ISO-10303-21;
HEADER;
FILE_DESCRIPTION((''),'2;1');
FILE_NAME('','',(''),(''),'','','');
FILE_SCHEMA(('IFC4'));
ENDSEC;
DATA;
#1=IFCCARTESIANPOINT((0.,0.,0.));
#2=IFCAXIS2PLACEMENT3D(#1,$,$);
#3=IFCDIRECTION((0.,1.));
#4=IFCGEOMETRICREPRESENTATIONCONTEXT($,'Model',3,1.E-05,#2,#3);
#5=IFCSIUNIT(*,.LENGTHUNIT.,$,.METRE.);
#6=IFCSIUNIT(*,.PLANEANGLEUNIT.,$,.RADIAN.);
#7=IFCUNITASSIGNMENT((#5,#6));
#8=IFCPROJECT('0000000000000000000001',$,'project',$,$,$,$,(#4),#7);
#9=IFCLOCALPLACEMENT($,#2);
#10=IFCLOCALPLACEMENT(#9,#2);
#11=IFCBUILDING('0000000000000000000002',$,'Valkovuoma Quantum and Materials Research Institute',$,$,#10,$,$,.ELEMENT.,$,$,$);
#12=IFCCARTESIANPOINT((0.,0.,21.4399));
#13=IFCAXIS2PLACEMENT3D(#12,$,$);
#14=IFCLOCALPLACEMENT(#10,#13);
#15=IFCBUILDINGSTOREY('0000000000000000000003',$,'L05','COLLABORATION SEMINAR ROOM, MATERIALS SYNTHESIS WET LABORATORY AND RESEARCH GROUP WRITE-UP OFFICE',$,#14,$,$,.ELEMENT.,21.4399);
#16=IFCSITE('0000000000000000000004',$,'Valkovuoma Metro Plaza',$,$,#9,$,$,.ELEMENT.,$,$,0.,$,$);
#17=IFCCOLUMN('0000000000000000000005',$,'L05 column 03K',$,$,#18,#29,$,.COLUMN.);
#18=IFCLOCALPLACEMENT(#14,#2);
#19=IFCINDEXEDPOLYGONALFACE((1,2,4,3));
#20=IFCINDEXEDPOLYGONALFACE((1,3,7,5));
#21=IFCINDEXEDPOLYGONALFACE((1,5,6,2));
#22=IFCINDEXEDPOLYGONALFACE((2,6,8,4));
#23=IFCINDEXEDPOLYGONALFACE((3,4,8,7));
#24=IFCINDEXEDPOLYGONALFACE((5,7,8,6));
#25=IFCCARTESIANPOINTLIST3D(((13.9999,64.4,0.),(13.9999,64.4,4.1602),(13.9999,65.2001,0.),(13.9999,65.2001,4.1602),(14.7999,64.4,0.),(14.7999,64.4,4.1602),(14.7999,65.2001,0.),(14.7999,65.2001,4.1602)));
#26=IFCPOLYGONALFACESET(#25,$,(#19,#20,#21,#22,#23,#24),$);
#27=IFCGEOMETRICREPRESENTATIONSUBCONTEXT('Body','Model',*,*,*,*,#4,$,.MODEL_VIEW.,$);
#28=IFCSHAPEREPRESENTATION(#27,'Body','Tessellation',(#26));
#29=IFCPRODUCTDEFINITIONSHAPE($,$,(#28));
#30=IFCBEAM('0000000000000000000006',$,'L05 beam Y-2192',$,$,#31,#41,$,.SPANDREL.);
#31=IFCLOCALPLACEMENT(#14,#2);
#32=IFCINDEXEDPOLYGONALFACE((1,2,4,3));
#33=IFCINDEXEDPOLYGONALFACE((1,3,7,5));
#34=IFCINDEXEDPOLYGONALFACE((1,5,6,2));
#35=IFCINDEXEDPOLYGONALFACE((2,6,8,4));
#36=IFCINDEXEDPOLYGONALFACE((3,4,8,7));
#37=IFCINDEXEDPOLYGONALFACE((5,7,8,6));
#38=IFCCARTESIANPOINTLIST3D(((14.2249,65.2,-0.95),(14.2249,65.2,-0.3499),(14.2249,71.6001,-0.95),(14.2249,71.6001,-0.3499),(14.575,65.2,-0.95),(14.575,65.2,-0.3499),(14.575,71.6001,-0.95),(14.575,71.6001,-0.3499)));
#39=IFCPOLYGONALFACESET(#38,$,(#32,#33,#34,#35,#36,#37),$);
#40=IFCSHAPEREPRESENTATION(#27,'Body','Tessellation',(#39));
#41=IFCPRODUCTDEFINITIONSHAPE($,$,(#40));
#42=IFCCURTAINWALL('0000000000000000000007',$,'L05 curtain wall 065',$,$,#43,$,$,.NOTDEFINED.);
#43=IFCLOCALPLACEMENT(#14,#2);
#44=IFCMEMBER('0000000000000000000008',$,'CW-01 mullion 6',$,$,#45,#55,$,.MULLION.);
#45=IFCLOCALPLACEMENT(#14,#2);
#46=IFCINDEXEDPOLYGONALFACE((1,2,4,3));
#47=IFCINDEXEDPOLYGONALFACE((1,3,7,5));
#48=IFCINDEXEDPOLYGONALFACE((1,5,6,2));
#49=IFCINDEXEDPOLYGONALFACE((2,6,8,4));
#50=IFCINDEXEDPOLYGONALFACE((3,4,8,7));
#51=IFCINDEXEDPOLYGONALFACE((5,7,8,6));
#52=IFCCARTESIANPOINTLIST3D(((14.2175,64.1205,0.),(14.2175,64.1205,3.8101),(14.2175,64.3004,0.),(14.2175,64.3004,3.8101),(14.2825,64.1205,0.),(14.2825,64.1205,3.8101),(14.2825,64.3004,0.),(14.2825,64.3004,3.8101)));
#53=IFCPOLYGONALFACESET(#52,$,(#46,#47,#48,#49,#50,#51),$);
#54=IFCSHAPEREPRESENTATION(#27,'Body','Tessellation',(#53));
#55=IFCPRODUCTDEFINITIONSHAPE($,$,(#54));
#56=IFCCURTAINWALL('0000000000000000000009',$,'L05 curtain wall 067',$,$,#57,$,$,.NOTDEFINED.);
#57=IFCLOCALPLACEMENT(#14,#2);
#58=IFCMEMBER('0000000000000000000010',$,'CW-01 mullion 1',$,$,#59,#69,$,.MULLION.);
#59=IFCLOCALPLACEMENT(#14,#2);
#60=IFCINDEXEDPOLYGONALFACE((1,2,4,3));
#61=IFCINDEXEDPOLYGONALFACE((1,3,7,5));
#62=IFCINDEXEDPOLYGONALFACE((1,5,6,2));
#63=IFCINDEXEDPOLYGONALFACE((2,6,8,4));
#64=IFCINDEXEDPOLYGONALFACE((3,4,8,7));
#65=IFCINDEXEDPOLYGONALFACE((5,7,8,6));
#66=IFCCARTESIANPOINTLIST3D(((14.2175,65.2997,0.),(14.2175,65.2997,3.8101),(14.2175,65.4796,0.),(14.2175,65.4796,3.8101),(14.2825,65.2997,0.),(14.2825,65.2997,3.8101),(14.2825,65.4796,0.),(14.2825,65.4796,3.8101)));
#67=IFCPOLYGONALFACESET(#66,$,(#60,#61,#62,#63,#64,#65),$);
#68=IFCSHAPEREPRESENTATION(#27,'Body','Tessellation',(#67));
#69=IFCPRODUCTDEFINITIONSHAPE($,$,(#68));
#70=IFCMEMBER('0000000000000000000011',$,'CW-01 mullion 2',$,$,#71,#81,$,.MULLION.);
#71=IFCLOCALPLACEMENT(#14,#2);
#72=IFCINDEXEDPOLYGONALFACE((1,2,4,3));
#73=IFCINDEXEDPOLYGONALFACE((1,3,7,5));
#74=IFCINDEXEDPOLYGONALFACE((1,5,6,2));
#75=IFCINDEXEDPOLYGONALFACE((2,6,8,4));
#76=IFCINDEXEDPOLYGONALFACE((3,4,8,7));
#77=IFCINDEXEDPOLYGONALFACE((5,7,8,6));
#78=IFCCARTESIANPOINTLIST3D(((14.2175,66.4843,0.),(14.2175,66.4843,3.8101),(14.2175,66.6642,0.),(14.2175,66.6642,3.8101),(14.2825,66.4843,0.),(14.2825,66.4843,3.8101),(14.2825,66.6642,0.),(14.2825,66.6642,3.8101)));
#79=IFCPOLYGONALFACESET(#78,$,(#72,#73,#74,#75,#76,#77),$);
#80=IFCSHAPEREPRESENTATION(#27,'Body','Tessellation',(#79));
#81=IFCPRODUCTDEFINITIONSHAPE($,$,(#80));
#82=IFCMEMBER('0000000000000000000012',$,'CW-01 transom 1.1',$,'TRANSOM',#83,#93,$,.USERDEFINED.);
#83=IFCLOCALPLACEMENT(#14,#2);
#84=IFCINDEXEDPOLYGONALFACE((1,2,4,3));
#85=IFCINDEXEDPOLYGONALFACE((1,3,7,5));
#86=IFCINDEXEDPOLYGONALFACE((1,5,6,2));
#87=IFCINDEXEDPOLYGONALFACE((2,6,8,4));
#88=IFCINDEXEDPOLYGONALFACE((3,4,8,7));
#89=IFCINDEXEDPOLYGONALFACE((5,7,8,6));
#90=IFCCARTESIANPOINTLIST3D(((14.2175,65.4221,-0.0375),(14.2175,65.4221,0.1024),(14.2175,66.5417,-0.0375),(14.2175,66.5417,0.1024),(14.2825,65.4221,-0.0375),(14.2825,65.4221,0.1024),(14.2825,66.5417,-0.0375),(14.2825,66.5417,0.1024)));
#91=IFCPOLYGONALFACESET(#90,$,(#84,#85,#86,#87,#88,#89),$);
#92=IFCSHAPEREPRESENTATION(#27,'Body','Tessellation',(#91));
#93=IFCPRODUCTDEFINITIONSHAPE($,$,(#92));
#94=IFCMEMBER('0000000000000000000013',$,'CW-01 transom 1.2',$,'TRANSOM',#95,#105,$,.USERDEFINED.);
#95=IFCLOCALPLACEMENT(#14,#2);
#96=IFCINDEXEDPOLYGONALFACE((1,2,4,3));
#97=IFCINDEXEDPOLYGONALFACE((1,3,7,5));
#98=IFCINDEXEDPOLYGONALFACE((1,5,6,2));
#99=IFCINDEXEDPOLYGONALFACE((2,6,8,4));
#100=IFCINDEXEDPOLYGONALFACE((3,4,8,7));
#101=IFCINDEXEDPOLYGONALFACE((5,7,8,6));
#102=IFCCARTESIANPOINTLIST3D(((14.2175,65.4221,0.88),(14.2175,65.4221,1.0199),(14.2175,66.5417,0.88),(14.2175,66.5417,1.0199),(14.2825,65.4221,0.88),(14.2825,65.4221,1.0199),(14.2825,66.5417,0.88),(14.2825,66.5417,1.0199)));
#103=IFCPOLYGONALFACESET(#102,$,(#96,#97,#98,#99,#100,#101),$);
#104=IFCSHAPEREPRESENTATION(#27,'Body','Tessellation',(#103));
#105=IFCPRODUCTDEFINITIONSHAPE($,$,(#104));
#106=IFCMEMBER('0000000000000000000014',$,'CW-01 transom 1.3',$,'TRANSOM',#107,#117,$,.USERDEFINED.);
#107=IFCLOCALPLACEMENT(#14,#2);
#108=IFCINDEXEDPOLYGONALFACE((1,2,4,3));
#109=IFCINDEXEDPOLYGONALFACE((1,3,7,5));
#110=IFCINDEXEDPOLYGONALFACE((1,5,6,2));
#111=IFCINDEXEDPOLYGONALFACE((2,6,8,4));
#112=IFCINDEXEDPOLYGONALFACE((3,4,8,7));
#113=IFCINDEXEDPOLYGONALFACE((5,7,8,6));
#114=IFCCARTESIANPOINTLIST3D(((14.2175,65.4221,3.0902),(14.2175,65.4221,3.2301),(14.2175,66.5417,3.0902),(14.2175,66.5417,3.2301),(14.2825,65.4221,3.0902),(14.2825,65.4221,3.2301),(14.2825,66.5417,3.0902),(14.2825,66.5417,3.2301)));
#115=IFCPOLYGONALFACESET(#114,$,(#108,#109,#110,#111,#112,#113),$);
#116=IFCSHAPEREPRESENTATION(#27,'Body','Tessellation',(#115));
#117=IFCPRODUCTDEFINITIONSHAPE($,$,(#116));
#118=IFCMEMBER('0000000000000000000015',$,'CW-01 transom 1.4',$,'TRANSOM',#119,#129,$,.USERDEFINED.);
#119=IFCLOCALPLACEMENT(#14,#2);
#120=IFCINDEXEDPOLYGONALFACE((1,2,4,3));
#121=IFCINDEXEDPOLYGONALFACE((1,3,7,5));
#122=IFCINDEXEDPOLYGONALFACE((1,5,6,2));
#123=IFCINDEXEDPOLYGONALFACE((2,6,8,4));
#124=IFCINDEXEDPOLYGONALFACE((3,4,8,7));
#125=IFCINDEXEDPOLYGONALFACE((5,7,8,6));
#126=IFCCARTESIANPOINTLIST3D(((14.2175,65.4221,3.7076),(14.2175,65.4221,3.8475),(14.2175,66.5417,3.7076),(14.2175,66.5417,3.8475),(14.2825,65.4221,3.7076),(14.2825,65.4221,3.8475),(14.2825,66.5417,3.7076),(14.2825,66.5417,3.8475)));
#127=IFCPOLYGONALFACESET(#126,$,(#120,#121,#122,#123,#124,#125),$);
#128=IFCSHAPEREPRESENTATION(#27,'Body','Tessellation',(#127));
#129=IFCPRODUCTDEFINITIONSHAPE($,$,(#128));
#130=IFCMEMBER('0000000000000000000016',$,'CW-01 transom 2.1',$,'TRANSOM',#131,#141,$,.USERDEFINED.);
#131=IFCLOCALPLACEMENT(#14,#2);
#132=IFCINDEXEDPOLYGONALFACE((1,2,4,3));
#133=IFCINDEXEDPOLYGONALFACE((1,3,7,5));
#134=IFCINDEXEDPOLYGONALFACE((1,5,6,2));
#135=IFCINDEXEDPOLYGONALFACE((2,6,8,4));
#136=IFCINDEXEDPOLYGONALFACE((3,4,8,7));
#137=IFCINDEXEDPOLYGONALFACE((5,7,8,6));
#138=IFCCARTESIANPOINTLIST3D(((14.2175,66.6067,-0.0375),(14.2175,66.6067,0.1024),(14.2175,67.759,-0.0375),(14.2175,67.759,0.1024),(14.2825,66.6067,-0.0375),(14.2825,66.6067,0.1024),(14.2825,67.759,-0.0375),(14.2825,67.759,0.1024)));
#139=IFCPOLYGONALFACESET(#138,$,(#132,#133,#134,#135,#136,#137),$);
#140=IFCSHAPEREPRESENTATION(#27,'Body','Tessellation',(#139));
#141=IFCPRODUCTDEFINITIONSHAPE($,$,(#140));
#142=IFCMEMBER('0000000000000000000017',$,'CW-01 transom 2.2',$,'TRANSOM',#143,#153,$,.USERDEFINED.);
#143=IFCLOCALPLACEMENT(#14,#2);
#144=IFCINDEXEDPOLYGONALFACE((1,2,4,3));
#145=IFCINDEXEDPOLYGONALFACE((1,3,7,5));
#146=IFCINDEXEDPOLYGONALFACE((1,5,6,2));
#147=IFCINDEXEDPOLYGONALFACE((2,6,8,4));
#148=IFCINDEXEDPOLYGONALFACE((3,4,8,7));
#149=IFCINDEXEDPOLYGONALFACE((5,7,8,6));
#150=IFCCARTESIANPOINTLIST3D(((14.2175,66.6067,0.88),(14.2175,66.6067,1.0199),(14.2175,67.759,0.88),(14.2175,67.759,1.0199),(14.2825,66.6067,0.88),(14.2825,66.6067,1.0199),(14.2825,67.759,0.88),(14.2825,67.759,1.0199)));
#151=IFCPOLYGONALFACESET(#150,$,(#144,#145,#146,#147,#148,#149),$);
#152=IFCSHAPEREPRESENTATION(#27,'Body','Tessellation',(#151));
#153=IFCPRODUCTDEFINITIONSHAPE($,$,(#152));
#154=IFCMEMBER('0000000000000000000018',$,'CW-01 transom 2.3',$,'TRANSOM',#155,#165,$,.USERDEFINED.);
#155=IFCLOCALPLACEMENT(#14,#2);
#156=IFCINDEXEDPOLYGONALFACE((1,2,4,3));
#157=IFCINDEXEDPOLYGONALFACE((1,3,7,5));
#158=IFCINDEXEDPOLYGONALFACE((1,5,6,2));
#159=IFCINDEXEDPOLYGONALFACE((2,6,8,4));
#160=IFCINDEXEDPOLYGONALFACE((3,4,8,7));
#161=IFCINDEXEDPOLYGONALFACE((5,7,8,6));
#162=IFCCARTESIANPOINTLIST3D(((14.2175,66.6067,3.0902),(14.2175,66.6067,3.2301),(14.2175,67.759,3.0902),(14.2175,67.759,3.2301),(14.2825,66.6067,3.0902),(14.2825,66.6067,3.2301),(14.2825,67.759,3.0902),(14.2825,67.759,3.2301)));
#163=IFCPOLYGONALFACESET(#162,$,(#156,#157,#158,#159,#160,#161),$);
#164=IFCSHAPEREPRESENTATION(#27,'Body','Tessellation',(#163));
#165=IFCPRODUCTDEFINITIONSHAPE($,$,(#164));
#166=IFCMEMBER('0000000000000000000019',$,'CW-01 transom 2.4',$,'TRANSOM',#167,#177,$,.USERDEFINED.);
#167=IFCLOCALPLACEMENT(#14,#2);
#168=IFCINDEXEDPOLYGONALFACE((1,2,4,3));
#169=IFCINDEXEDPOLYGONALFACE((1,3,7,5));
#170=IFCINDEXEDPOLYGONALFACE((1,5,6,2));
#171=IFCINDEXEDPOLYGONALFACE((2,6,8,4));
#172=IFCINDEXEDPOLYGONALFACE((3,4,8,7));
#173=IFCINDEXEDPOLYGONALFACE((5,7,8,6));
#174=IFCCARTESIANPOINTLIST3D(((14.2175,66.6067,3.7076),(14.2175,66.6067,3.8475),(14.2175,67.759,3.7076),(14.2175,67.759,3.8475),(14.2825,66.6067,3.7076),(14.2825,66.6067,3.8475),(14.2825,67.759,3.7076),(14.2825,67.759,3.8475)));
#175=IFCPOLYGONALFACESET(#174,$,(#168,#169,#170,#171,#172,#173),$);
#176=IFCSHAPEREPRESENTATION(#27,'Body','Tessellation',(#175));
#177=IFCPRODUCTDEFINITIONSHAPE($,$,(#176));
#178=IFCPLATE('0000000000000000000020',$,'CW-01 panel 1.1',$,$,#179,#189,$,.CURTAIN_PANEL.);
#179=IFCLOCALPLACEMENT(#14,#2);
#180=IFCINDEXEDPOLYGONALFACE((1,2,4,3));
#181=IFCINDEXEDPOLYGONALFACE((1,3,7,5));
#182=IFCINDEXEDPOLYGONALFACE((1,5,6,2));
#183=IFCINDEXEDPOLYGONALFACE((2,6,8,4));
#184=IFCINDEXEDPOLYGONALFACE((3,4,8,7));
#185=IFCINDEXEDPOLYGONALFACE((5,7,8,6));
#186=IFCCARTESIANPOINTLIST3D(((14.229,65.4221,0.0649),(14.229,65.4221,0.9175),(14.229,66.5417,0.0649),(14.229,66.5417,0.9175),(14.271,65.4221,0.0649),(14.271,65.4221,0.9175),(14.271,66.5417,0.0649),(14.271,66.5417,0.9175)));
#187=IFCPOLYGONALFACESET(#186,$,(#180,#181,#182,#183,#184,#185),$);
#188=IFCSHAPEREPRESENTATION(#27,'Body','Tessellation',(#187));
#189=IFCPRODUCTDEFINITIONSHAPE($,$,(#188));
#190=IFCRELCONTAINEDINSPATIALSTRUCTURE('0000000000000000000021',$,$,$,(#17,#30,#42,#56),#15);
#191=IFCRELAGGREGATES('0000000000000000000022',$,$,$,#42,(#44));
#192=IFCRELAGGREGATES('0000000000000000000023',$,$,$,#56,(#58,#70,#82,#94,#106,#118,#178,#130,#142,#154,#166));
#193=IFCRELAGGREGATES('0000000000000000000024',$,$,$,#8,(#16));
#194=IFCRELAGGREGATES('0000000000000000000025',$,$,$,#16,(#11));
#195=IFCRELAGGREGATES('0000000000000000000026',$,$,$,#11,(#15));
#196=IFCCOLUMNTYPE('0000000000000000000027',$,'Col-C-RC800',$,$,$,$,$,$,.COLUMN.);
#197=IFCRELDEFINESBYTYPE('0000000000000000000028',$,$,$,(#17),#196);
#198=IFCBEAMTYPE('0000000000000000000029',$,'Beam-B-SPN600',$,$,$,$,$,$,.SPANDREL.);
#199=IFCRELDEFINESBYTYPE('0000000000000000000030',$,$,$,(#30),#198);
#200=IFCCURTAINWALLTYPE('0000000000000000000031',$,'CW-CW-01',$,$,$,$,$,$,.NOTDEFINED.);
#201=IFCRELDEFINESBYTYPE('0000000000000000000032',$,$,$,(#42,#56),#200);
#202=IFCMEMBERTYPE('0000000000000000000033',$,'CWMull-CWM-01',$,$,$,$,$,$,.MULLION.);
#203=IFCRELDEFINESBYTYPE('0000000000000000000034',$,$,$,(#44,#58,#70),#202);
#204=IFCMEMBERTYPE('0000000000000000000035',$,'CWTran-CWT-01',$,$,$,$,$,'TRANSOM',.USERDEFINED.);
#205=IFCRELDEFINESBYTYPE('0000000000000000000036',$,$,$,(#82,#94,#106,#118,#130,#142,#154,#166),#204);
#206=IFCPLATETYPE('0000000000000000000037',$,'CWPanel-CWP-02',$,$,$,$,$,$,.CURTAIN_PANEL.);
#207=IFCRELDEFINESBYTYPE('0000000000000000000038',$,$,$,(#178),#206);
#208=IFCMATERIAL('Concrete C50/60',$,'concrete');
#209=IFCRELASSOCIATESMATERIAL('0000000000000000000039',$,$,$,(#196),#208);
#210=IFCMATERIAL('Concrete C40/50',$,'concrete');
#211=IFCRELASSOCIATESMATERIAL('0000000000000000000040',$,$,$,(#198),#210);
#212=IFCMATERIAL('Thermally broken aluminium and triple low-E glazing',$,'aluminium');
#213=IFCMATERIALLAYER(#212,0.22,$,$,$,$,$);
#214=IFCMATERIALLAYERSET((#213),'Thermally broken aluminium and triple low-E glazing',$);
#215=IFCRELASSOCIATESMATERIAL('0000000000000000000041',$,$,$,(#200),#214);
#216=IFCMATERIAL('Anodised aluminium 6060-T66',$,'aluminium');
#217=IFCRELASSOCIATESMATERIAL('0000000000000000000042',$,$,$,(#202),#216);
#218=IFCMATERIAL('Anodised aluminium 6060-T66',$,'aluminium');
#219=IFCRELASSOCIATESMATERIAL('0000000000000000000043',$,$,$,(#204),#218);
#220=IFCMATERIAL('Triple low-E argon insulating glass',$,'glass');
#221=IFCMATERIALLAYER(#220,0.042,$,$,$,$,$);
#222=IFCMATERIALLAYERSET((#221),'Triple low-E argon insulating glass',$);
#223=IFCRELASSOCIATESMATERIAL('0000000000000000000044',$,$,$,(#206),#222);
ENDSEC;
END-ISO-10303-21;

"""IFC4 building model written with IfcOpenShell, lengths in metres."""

from ifc_helpers import new_model, si_unit, direction, frame, origin, origin_2d, place, context, subcontext, project, spatial, rectangle, extrude, material, layer, layer_set, material_profile, profile_set, type_object, element, aggregate, save


model = new_model("IFC4")

# Units and contexts
model_context = context("Model", 3, precision=1e-05, world=origin(), true_north=direction((0.0, 1.0)))
body_context = subcontext(model_context, "Body", "Model", "MODEL_VIEW")
ifc_project = project(units=[si_unit("LENGTHUNIT", "METRE"), si_unit("PLANEANGLEUNIT", "RADIAN")], contexts=[model_context])

# Site, building, storey
site_placement = place(None, origin())
site = spatial("IfcSite", under=ifc_project, at=site_placement, Name="Valkovuoma Metro Plaza", CompositionType="ELEMENT", RefElevation=0.0)
building_placement = place(site_placement, origin())
building = spatial("IfcBuilding", under=site, at=building_placement, Name="Valkovuoma Quantum and Materials Research Institute", CompositionType="ELEMENT")
storey_placement = place(building_placement, frame((0.0, 0.0, 21.4399)))
storey = spatial("IfcBuildingStorey", under=building, at=storey_placement, Name="L05", Description="COLLABORATION SEMINAR ROOM, MATERIALS SYNTHESIS WET LABORATORY AND RESEARCH GROUP WRITE-UP OFFICE", CompositionType="ELEMENT", Elevation=21.4399)

# Column
ifc_material_1 = material(Name="Concrete C50/60", Category="concrete")
ifc_material_profile_1 = material_profile(ifc_material_1, rectangle(XDim=0.8, YDim=0.8, at=origin_2d()), Name="Concrete C50/60")
ifc_profile_set_1 = profile_set([ifc_material_profile_1], Name="Concrete C50/60")
column_type = type_object("IfcColumnType", Name="Col-C-RC800", PredefinedType="COLUMN", material=ifc_profile_set_1)
column_placement = place(storey_placement, frame((14.3999, 64.8, 0.0), z_axis=(0.0, 0.0, 1.0), x_axis=(1.0, 0.0, 0.0)))
element("IfcColumn", 1, at=column_placement, inside=storey, type_object=column_type, Name="L05 column 03K", PredefinedType="COLUMN", context=body_context, shape_type="SweptSolid", body=[
    extrude(rectangle(XDim=0.8, YDim=0.8, at=origin_2d()), origin(), (0.0, 0.0, 1.0), 4.1602),
])

# Beam
ifc_material_2 = material(Name="Concrete C40/50", Category="concrete")
ifc_material_profile_2 = material_profile(ifc_material_2, rectangle(XDim=0.3501, YDim=0.6001, at=origin_2d()), Name="Concrete C40/50")
ifc_profile_set_2 = profile_set([ifc_material_profile_2], Name="Concrete C40/50")
beam_type = type_object("IfcBeamType", Name="Beam-B-SPN600", PredefinedType="SPANDREL", material=ifc_profile_set_2)
beam_placement = place(storey_placement, frame((14.3999, 65.2, -0.6499), z_axis=(0.0, 1.0, 0.0), x_axis=(-1.0, 0.0, 0.0)))
element("IfcBeam", 2, at=beam_placement, inside=storey, type_object=beam_type, Name="L05 beam Y-2192", PredefinedType="SPANDREL", context=body_context, shape_type="SweptSolid", body=[
    extrude(rectangle(XDim=0.3501, YDim=0.6001, at=origin_2d()), origin(), (0.0, 0.0, 1.0), 6.4001),
])

# Curtain wall, member
ifc_material_3 = material(Name="Thermally broken aluminium and triple low-E glazing", Category="aluminium")
ifc_layer_1 = layer(ifc_material_3, 0.22)
ifc_layer_set_1 = layer_set([ifc_layer_1], Name="Thermally broken aluminium and triple low-E glazing")
curtain_wall_type = type_object("IfcCurtainWallType", Name="CW-CW-01", PredefinedType="NOTDEFINED", material=ifc_layer_set_1)
curtain_wall_1_placement = place(storey_placement, origin())
curtain_wall_1 = element("IfcCurtainWall", 3, at=curtain_wall_1_placement, inside=storey, type_object=curtain_wall_type, Name="L05 curtain wall 065", PredefinedType="NOTDEFINED")
ifc_material_4 = material(Name="Anodised aluminium 6060-T66", Category="aluminium")
ifc_material_profile_3 = material_profile(ifc_material_4, rectangle(XDim=0.0649, YDim=0.1799, at=origin_2d()), Name="Anodised aluminium 6060-T66")
ifc_profile_set_3 = profile_set([ifc_material_profile_3], Name="Anodised aluminium 6060-T66")
member_type_1 = type_object("IfcMemberType", Name="CWMull-CWM-01", PredefinedType="MULLION", material=ifc_profile_set_3)
member_1_placement = place(storey_placement, frame((14.25, 64.2104, 0.0), z_axis=(0.0, 0.0, 1.0), x_axis=(-1.0, 0.0, 0.0)))
member_1 = element("IfcMember", 4, at=member_1_placement, type_object=member_type_1, Name="CW-01 mullion 6", PredefinedType="MULLION", context=body_context, shape_type="SweptSolid", body=[
    extrude(rectangle(XDim=0.0649, YDim=0.1799, at=origin_2d()), origin(), (0.0, 0.0, 1.0), 3.8101),
])
aggregate(curtain_wall_1, [member_1])

# Curtain wall, members, plate
curtain_wall_2_placement = place(storey_placement, origin())
curtain_wall_2 = element("IfcCurtainWall", 5, at=curtain_wall_2_placement, inside=storey, type_object=curtain_wall_type, Name="L05 curtain wall 067", PredefinedType="NOTDEFINED")
member_2_placement = place(storey_placement, frame((14.25, 65.3896, 0.0), z_axis=(0.0, 0.0, 1.0), x_axis=(-1.0, 0.0, 0.0)))
member_2 = element("IfcMember", 6, at=member_2_placement, type_object=member_type_1, Name="CW-01 mullion 1", PredefinedType="MULLION", context=body_context, shape_type="SweptSolid", body=[
    extrude(rectangle(XDim=0.0649, YDim=0.1799, at=origin_2d()), origin(), (0.0, 0.0, 1.0), 3.8101),
])
member_3_placement = place(storey_placement, frame((14.25, 66.5742, 0.0), z_axis=(0.0, 0.0, 1.0), x_axis=(-1.0, 0.0, 0.0)))
member_3 = element("IfcMember", 7, at=member_3_placement, type_object=member_type_1, Name="CW-01 mullion 2", PredefinedType="MULLION", context=body_context, shape_type="SweptSolid", body=[
    extrude(rectangle(XDim=0.0649, YDim=0.1799, at=origin_2d()), origin(), (0.0, 0.0, 1.0), 3.8101),
])
ifc_material_5 = material(Name="Anodised aluminium 6060-T66", Category="aluminium")
ifc_material_profile_4 = material_profile(ifc_material_5, rectangle(XDim=0.0649, YDim=0.1399, at=origin_2d()), Name="Anodised aluminium 6060-T66")
ifc_profile_set_4 = profile_set([ifc_material_profile_4], Name="Anodised aluminium 6060-T66")
member_type_2 = type_object("IfcMemberType", Name="CWTran-CWT-01", ElementType="TRANSOM", PredefinedType="USERDEFINED", material=ifc_profile_set_4)
member_4_placement = place(storey_placement, frame((14.25, 65.4221, 0.0325), z_axis=(0.0, 1.0, 0.0), x_axis=(-1.0, 0.0, 0.0)))
member_4 = element("IfcMember", 8, at=member_4_placement, type_object=member_type_2, Name="CW-01 transom 1.1", ObjectType="TRANSOM", PredefinedType="USERDEFINED", context=body_context, shape_type="SweptSolid", body=[
    extrude(rectangle(XDim=0.0649, YDim=0.1399, at=origin_2d()), origin(), (0.0, 0.0, 1.0), 1.1196),
])
member_5_placement = place(storey_placement, frame((14.25, 65.4221, 0.95), z_axis=(0.0, 1.0, 0.0), x_axis=(-1.0, 0.0, 0.0)))
member_5 = element("IfcMember", 9, at=member_5_placement, type_object=member_type_2, Name="CW-01 transom 1.2", ObjectType="TRANSOM", PredefinedType="USERDEFINED", context=body_context, shape_type="SweptSolid", body=[
    extrude(rectangle(XDim=0.0649, YDim=0.1399, at=origin_2d()), origin(), (0.0, 0.0, 1.0), 1.1196),
])
member_6_placement = place(storey_placement, frame((14.25, 65.4221, 3.1602), z_axis=(0.0, 1.0, 0.0), x_axis=(-1.0, 0.0, 0.0)))
member_6 = element("IfcMember", 10, at=member_6_placement, type_object=member_type_2, Name="CW-01 transom 1.3", ObjectType="TRANSOM", PredefinedType="USERDEFINED", context=body_context, shape_type="SweptSolid", body=[
    extrude(rectangle(XDim=0.0649, YDim=0.1399, at=origin_2d()), origin(), (0.0, 0.0, 1.0), 1.1196),
])
member_7_placement = place(storey_placement, frame((14.25, 65.4221, 3.7776), z_axis=(0.0, 1.0, 0.0), x_axis=(-1.0, 0.0, 0.0)))
member_7 = element("IfcMember", 11, at=member_7_placement, type_object=member_type_2, Name="CW-01 transom 1.4", ObjectType="TRANSOM", PredefinedType="USERDEFINED", context=body_context, shape_type="SweptSolid", body=[
    extrude(rectangle(XDim=0.0649, YDim=0.1399, at=origin_2d()), origin(), (0.0, 0.0, 1.0), 1.1196),
])
member_8_placement = place(storey_placement, frame((14.25, 66.6067, 0.0325), z_axis=(0.0, 1.0, 0.0), x_axis=(-1.0, 0.0, 0.0)))
member_8 = element("IfcMember", 12, at=member_8_placement, type_object=member_type_2, Name="CW-01 transom 2.1", ObjectType="TRANSOM", PredefinedType="USERDEFINED", context=body_context, shape_type="SweptSolid", body=[
    extrude(rectangle(XDim=0.0649, YDim=0.1399, at=origin_2d()), origin(), (0.0, 0.0, 1.0), 1.1523),
])
member_9_placement = place(storey_placement, frame((14.25, 66.6067, 0.95), z_axis=(0.0, 1.0, 0.0), x_axis=(-1.0, 0.0, 0.0)))
member_9 = element("IfcMember", 13, at=member_9_placement, type_object=member_type_2, Name="CW-01 transom 2.2", ObjectType="TRANSOM", PredefinedType="USERDEFINED", context=body_context, shape_type="SweptSolid", body=[
    extrude(rectangle(XDim=0.0649, YDim=0.1399, at=origin_2d()), origin(), (0.0, 0.0, 1.0), 1.1523),
])
member_10_placement = place(storey_placement, frame((14.25, 66.6067, 3.1602), z_axis=(0.0, 1.0, 0.0), x_axis=(-1.0, 0.0, 0.0)))
member_10 = element("IfcMember", 14, at=member_10_placement, type_object=member_type_2, Name="CW-01 transom 2.3", ObjectType="TRANSOM", PredefinedType="USERDEFINED", context=body_context, shape_type="SweptSolid", body=[
    extrude(rectangle(XDim=0.0649, YDim=0.1399, at=origin_2d()), origin(), (0.0, 0.0, 1.0), 1.1523),
])
member_11_placement = place(storey_placement, frame((14.25, 66.6067, 3.7776), z_axis=(0.0, 1.0, 0.0), x_axis=(-1.0, 0.0, 0.0)))
member_11 = element("IfcMember", 15, at=member_11_placement, type_object=member_type_2, Name="CW-01 transom 2.4", ObjectType="TRANSOM", PredefinedType="USERDEFINED", context=body_context, shape_type="SweptSolid", body=[
    extrude(rectangle(XDim=0.0649, YDim=0.1399, at=origin_2d()), origin(), (0.0, 0.0, 1.0), 1.1523),
])
ifc_material_6 = material(Name="Triple low-E argon insulating glass", Category="glass")
ifc_layer_2 = layer(ifc_material_6, 0.042)
ifc_layer_set_2 = layer_set([ifc_layer_2], Name="Triple low-E argon insulating glass")
plate_type = type_object("IfcPlateType", Name="CWPanel-CWP-02", PredefinedType="CURTAIN_PANEL", material=ifc_layer_set_2)
plate_1_placement = place(storey_placement, frame((14.25, 65.9819, 0.0649), z_axis=(0.0, 0.0, 1.0), x_axis=(0.0, 1.0, 0.0)))
plate_1 = element("IfcPlate", 16, at=plate_1_placement, type_object=plate_type, Name="CW-01 panel 1.1", PredefinedType="CURTAIN_PANEL", context=body_context, shape_type="SweptSolid", body=[
    extrude(rectangle(XDim=1.1196, YDim=0.042, at=origin_2d()), origin(), (0.0, 0.0, 1.0), 0.8525),
])
aggregate(curtain_wall_2, [member_2, member_3, member_4, member_5, member_6, member_7, plate_1, member_8, member_9, member_10, member_11])

save(model, "model.ifc")
